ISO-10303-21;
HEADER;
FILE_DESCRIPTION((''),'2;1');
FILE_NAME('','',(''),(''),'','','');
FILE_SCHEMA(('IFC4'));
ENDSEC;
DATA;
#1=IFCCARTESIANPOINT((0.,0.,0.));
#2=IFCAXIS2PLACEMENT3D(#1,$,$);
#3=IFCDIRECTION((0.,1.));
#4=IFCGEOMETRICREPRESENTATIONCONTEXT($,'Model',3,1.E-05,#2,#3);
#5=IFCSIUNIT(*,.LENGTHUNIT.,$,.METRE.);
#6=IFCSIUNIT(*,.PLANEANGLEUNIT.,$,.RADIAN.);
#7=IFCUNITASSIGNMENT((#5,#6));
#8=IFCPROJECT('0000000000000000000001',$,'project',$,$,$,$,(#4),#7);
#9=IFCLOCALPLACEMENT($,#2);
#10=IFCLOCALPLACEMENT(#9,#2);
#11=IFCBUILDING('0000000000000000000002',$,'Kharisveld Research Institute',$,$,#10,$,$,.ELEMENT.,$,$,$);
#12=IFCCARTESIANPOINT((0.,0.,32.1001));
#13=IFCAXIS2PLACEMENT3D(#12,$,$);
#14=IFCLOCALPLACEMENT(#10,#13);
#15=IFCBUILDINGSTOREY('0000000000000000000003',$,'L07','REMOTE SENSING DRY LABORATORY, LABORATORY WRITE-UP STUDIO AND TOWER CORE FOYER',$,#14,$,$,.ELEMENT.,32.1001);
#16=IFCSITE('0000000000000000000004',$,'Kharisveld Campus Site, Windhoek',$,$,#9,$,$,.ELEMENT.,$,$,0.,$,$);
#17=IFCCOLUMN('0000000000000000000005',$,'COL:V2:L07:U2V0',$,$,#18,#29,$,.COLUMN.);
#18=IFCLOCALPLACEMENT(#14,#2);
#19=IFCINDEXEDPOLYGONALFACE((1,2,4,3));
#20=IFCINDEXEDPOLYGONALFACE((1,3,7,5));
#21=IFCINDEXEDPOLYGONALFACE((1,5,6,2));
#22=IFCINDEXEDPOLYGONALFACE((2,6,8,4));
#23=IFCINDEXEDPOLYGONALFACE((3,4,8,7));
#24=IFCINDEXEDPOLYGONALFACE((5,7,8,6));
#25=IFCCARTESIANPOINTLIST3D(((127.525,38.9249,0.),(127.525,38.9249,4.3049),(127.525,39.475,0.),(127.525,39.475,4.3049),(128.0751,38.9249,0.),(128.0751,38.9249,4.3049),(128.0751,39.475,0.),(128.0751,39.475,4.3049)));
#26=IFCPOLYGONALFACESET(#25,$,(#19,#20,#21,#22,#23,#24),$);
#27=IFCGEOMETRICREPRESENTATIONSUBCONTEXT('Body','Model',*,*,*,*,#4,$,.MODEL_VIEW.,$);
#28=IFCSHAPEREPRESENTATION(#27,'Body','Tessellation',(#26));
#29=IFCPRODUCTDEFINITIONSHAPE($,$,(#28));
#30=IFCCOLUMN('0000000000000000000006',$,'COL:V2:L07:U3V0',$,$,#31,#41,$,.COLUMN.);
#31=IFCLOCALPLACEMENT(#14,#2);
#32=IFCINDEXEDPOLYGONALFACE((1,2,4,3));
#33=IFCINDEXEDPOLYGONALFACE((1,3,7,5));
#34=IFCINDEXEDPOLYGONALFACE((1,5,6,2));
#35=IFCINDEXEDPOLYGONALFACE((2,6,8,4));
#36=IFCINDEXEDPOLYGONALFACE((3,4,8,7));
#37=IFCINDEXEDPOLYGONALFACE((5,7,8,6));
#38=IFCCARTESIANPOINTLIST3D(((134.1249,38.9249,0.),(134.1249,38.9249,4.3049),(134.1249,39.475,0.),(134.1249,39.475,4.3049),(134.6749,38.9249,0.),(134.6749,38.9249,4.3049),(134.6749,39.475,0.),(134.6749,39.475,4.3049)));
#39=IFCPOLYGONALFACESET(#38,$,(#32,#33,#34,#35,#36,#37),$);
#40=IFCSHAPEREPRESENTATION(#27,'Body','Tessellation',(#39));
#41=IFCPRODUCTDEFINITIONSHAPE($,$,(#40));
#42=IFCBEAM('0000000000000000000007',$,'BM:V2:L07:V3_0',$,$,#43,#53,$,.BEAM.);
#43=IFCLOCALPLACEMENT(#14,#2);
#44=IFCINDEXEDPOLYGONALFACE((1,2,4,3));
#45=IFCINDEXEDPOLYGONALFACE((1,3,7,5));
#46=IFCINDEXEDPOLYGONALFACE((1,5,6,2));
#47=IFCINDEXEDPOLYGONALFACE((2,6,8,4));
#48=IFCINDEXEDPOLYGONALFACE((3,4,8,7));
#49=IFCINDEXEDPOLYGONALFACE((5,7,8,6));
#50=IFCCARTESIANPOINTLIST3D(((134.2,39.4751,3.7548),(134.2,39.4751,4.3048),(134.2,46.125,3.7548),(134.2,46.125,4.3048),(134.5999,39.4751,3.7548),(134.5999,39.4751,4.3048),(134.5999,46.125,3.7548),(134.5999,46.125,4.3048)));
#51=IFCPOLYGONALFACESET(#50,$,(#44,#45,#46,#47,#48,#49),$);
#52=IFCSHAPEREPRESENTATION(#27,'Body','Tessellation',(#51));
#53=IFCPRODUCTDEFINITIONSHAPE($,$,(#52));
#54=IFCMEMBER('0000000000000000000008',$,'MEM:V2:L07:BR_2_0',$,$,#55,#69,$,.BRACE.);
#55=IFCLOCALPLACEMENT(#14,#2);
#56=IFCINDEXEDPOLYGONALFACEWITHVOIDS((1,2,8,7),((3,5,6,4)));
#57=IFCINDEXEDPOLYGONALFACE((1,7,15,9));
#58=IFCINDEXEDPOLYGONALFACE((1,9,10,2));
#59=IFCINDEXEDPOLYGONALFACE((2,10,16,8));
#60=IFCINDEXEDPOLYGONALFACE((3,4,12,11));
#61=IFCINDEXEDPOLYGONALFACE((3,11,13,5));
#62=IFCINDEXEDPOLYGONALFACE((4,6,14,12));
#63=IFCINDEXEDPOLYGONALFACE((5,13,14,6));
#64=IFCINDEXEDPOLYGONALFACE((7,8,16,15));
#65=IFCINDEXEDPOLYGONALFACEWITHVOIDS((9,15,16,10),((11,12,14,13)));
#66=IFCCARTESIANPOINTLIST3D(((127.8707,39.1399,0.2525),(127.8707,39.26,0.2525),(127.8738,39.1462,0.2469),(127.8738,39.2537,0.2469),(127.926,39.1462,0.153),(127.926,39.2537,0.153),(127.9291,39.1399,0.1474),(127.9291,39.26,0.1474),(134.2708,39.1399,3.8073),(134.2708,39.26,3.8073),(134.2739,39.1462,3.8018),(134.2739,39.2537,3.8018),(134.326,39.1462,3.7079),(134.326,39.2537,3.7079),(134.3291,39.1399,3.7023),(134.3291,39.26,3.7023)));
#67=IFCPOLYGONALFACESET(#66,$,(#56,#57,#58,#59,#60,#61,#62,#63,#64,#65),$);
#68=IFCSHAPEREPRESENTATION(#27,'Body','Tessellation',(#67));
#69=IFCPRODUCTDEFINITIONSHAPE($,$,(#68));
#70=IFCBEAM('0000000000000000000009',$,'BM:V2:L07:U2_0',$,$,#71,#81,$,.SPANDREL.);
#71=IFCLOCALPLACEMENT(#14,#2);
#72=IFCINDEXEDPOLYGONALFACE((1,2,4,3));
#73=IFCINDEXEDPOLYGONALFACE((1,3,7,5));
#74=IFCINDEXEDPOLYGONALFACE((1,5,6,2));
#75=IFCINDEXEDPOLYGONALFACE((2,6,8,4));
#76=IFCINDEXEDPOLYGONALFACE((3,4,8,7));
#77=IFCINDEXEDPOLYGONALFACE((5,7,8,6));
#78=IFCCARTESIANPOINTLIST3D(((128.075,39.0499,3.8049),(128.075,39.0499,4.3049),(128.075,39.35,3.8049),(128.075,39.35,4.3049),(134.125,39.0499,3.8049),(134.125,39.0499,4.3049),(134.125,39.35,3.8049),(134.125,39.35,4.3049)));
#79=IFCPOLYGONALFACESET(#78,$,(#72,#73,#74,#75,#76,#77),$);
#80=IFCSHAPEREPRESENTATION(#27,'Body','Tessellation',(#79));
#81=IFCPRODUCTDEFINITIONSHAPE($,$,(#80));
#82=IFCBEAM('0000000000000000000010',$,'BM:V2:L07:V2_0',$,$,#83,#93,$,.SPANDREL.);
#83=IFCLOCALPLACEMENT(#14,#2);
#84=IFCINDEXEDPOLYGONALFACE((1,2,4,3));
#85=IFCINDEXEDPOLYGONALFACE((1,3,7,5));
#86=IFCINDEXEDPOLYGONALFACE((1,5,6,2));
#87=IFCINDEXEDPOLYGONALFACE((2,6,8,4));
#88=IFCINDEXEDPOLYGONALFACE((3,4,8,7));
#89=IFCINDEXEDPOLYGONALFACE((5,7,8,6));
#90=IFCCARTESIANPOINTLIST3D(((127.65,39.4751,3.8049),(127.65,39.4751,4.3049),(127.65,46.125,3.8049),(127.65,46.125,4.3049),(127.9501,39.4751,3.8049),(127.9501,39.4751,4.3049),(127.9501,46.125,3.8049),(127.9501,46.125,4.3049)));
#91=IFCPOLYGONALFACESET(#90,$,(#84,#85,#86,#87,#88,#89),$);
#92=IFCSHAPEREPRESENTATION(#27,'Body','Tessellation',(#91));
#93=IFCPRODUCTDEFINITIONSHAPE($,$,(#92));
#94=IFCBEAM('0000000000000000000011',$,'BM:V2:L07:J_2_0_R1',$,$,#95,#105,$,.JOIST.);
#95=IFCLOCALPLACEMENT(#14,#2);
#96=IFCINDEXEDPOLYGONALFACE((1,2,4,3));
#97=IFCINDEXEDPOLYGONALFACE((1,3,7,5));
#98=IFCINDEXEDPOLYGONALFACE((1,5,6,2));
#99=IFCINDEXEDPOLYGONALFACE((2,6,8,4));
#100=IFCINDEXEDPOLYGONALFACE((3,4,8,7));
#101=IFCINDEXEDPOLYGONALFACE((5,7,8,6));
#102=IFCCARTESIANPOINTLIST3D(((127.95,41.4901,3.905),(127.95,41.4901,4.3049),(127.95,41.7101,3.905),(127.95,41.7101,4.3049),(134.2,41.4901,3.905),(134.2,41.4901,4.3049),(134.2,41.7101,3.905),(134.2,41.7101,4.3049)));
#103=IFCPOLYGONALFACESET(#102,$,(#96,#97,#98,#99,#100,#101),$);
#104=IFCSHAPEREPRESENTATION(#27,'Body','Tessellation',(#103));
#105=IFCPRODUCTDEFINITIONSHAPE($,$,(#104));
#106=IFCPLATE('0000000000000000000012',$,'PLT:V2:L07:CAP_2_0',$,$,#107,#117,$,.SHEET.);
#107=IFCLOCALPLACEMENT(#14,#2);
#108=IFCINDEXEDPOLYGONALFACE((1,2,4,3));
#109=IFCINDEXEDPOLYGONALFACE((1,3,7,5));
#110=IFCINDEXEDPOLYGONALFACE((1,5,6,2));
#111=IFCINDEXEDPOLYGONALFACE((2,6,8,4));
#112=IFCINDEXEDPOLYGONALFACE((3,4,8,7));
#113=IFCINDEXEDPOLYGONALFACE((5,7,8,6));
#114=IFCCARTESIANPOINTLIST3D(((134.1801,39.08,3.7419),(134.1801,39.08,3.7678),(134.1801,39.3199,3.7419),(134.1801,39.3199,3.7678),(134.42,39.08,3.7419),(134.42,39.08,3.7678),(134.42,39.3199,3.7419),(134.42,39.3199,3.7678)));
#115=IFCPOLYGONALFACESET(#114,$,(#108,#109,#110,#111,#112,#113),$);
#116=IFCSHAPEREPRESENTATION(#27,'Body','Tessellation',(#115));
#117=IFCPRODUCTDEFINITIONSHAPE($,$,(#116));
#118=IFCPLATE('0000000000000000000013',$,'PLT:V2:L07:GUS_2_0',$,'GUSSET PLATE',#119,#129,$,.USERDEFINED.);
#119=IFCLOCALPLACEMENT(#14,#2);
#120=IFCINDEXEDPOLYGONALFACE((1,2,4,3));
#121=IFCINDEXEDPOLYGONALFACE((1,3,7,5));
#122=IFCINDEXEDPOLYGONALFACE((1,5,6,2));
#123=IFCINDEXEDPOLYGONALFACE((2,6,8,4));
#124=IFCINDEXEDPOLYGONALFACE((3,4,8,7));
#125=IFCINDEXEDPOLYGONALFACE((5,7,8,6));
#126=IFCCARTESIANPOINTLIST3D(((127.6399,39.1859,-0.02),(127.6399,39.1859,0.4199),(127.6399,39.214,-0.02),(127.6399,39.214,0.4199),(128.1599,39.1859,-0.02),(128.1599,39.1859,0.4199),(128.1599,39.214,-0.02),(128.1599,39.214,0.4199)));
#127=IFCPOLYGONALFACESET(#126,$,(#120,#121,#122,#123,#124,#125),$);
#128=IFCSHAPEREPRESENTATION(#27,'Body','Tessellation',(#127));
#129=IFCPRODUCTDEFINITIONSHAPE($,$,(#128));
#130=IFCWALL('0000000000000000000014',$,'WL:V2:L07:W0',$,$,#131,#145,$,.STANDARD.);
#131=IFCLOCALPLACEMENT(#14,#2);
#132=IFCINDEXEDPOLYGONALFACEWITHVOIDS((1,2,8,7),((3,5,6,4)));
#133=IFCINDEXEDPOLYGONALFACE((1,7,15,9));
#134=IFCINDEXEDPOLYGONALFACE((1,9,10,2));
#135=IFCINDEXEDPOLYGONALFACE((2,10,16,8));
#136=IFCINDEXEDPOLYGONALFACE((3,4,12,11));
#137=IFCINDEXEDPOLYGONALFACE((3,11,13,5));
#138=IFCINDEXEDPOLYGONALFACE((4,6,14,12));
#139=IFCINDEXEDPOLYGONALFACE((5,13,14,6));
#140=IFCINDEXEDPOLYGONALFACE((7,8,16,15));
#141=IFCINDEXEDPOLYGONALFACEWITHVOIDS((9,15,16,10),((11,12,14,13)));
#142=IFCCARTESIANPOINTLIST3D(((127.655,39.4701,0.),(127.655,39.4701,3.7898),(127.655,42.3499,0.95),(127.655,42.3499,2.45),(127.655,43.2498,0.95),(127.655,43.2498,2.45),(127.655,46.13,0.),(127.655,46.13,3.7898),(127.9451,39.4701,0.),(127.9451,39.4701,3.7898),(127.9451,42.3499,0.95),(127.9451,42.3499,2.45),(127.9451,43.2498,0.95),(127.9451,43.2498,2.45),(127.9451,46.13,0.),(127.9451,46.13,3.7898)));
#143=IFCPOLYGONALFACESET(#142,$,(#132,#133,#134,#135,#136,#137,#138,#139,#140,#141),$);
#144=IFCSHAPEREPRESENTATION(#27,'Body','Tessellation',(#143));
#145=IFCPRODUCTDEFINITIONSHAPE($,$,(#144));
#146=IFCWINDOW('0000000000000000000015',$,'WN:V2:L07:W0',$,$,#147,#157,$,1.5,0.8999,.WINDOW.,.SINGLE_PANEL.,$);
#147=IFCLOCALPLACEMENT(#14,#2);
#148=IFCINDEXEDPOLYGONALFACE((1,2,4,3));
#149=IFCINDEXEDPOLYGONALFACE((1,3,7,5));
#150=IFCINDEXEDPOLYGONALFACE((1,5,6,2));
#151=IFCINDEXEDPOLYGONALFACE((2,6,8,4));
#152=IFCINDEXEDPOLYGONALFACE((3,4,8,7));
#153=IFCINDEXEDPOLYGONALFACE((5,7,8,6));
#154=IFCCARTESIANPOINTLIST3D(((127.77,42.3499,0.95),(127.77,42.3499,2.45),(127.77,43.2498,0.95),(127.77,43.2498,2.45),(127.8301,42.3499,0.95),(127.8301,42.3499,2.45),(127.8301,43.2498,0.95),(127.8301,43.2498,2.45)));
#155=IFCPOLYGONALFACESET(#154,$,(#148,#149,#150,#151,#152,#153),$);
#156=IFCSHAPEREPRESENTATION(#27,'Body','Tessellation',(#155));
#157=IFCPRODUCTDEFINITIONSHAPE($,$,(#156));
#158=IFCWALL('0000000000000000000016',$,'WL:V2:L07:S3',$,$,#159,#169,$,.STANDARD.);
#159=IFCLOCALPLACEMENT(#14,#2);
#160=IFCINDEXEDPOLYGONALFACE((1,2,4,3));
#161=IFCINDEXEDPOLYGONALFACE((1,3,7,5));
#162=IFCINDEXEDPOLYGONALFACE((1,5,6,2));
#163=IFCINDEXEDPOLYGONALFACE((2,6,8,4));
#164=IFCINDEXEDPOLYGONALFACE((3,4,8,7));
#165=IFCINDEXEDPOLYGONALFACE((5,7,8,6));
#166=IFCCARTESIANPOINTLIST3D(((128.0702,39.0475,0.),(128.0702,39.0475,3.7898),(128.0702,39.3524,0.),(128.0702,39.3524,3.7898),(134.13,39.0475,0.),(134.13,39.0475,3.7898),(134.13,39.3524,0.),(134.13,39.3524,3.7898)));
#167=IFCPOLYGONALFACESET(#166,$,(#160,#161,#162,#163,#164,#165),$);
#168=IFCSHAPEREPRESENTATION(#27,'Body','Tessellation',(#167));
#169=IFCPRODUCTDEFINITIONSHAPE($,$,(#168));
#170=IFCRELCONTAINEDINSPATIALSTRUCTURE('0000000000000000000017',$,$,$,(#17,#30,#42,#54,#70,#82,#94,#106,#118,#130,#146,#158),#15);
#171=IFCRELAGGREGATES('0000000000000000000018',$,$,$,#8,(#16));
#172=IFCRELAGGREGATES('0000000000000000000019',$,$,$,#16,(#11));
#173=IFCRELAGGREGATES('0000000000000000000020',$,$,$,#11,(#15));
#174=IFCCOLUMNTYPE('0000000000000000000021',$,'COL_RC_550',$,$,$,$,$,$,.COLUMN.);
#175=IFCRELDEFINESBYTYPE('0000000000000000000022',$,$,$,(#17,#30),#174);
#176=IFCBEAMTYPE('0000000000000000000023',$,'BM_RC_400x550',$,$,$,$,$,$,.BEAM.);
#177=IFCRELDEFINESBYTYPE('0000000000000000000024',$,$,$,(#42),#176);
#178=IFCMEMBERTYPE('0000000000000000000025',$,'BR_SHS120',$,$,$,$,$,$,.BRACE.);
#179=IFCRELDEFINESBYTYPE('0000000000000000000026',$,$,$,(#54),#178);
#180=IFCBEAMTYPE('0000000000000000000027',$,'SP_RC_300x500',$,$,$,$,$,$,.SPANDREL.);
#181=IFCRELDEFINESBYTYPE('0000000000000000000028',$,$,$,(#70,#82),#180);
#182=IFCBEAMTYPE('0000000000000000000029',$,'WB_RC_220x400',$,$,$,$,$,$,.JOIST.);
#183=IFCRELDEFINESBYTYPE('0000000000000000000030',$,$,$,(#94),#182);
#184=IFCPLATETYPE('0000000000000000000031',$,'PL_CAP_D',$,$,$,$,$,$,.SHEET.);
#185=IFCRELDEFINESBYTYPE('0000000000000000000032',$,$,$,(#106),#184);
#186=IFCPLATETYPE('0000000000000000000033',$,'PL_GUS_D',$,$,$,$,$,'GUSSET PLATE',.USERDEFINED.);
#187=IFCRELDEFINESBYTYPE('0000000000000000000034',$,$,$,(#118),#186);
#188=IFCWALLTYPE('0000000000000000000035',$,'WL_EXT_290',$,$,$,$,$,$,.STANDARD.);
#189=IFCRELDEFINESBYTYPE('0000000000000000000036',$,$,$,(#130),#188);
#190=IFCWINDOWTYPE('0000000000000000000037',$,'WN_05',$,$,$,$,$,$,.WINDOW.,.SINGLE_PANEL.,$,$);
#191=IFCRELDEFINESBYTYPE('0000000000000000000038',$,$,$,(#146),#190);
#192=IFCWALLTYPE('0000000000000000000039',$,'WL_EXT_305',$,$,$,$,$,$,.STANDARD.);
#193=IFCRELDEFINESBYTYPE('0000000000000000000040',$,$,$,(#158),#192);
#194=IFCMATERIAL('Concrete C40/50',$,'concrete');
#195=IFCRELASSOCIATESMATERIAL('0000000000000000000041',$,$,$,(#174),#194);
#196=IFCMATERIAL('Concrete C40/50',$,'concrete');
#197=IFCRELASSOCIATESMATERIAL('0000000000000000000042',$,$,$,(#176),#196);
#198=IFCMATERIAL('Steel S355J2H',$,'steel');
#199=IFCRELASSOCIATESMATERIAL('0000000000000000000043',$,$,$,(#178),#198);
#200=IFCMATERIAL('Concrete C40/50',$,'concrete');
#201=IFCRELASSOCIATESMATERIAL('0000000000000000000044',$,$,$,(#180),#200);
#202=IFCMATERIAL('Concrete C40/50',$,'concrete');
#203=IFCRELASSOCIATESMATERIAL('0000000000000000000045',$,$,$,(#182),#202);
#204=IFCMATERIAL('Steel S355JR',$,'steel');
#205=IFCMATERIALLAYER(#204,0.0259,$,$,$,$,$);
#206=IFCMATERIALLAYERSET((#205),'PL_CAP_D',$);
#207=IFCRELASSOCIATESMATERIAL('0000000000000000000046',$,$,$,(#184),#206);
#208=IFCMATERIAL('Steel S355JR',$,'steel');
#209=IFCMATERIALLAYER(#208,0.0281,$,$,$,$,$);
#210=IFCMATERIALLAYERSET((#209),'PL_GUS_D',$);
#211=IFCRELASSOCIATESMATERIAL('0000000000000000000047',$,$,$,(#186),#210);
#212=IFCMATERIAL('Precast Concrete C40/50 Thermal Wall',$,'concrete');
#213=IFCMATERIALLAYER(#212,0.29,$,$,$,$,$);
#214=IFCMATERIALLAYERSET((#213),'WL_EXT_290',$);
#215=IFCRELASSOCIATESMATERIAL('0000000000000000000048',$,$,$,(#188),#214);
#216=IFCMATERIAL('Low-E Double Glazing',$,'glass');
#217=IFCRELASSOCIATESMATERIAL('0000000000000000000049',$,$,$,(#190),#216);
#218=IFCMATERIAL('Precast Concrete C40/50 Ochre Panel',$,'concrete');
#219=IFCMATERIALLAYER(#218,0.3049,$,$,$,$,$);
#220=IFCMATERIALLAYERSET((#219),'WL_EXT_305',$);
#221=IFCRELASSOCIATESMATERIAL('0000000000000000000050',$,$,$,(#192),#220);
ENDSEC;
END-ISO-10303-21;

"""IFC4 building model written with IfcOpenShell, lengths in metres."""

from ifc_helpers import new_model, si_unit, direction, frame, frame_2d, origin, origin_2d, place, context, subcontext, project, spatial, rectangle, hollow_rectangle, extrude, material, layer, layer_set, material_profile, profile_set, type_object, element, fill, save


model = new_model("IFC4")

# Units and contexts
model_context = context("Model", 3, precision=1e-05, world=origin(), true_north=direction((0.0, 1.0)))
body_context = subcontext(model_context, "Body", "Model", "MODEL_VIEW")
ifc_project = project(units=[si_unit("LENGTHUNIT", "METRE"), si_unit("PLANEANGLEUNIT", "RADIAN")], contexts=[model_context])

# Site, building, storey
site_placement = place(None, origin())
site = spatial("IfcSite", under=ifc_project, at=site_placement, Name="Kharisveld Campus Site, Windhoek", CompositionType="ELEMENT", RefElevation=0.0)
building_placement = place(site_placement, origin())
building = spatial("IfcBuilding", under=site, at=building_placement, Name="Kharisveld Research Institute", CompositionType="ELEMENT")
storey_placement = place(building_placement, frame((0.0, 0.0, 32.1001)))
storey = spatial("IfcBuildingStorey", under=building, at=storey_placement, Name="L07", Description="REMOTE SENSING DRY LABORATORY, LABORATORY WRITE-UP STUDIO AND TOWER CORE FOYER", CompositionType="ELEMENT", Elevation=32.1001)

# Columns
ifc_material_1 = material(Name="Concrete C40/50", Category="concrete")
ifc_material_profile_1 = material_profile(ifc_material_1, rectangle(XDim=0.55, YDim=0.55, at=origin_2d()))
ifc_profile_set_1 = profile_set([ifc_material_profile_1], Name="Concrete C40/50")
column_type = type_object("IfcColumnType", Name="COL_RC_550", PredefinedType="COLUMN", material=ifc_profile_set_1)
for number, where, z_axis, x_axis, name in (
    (1, (127.8, 39.2, 0.0), (0.0, 0.0, 1.0), (1.0, 0.0, 0.0), "COL:V2:L07:U2V0"),
    (2, (134.3999, 39.2, 0.0), (0.0, 0.0, 1.0), (1.0, 0.0, 0.0), "COL:V2:L07:U3V0"),
):
    element("IfcColumn", number, at=place(storey_placement, frame(where, z_axis=z_axis, x_axis=x_axis)), inside=storey, type_object=column_type, Name=name, PredefinedType="COLUMN", context=body_context, shape_type="SweptSolid", body=[
        extrude(rectangle(XDim=0.55, YDim=0.55, at=origin_2d()), origin(), (0.0, 0.0, 1.0), 4.3049),
    ])

# Beam
ifc_material_2 = material(Name="Concrete C40/50", Category="concrete")
ifc_material_profile_2 = material_profile(ifc_material_2, rectangle(XDim=0.3999, YDim=0.55, at=origin_2d()))
ifc_profile_set_2 = profile_set([ifc_material_profile_2], Name="Concrete C40/50")
beam_type_1 = type_object("IfcBeamType", Name="BM_RC_400x550", PredefinedType="BEAM", material=ifc_profile_set_2)
beam_1_placement = place(storey_placement, frame((134.3999, 39.4751, 4.0298), z_axis=(0.0, 1.0, 0.0), x_axis=(-1.0, 0.0, 0.0)))
element("IfcBeam", 3, at=beam_1_placement, inside=storey, type_object=beam_type_1, Name="BM:V2:L07:V3_0", PredefinedType="BEAM", context=body_context, shape_type="SweptSolid", body=[
    extrude(rectangle(XDim=0.3999, YDim=0.55, at=origin_2d()), origin(), (0.0, 0.0, 1.0), 6.6499),
])

# Member
ifc_material_3 = material(Name="Steel S355J2H", Category="steel")
ifc_material_profile_3 = material_profile(ifc_material_3, hollow_rectangle(XDim=0.1201, YDim=0.1201, WallThickness=0.0063, at=origin_2d()))
ifc_profile_set_3 = profile_set([ifc_material_profile_3], Name="Steel S355J2H")
member_type = type_object("IfcMemberType", Name="BR_SHS120", PredefinedType="BRACE", material=ifc_profile_set_3)
member_placement = place(storey_placement, frame((127.8999, 39.2, 0.2), z_axis=(0.874198, 0.0, 0.485569), x_axis=(0.0, 1.0, 0.0)))
element("IfcMember", 4, at=member_placement, inside=storey, type_object=member_type, Name="MEM:V2:L07:BR_2_0", PredefinedType="BRACE", context=body_context, shape_type="SweptSolid", body=[
    extrude(hollow_rectangle(XDim=0.1201, YDim=0.1201, WallThickness=0.0063, at=origin_2d()), origin(), (0.0, 0.0, 1.0), 7.321),
])

# Beams
ifc_material_4 = material(Name="Concrete C40/50", Category="concrete")
ifc_material_profile_4 = material_profile(ifc_material_4, rectangle(XDim=0.3, YDim=0.5, at=origin_2d()))
ifc_profile_set_4 = profile_set([ifc_material_profile_4], Name="Concrete C40/50")
beam_type_2 = type_object("IfcBeamType", Name="SP_RC_300x500", PredefinedType="SPANDREL", material=ifc_profile_set_4)
beam_2_placement = place(storey_placement, frame((128.075, 39.2, 4.0549), z_axis=(1.0, 0.0, 0.0), x_axis=(0.0, 1.0, 0.0)))
element("IfcBeam", 5, at=beam_2_placement, inside=storey, type_object=beam_type_2, Name="BM:V2:L07:U2_0", PredefinedType="SPANDREL", context=body_context, shape_type="SweptSolid", body=[
    extrude(rectangle(XDim=0.3, YDim=0.5, at=origin_2d()), origin(), (0.0, 0.0, 1.0), 6.05),
])
beam_3_placement = place(storey_placement, frame((127.8, 39.4751, 4.0549), z_axis=(0.0, 1.0, 0.0), x_axis=(-1.0, 0.0, 0.0)))
element("IfcBeam", 6, at=beam_3_placement, inside=storey, type_object=beam_type_2, Name="BM:V2:L07:V2_0", PredefinedType="SPANDREL", context=body_context, shape_type="SweptSolid", body=[
    extrude(rectangle(XDim=0.3, YDim=0.5, at=origin_2d()), origin(), (0.0, 0.0, 1.0), 6.6499),
])
ifc_material_5 = material(Name="Concrete C40/50", Category="concrete")
ifc_material_profile_5 = material_profile(ifc_material_5, rectangle(XDim=0.22, YDim=0.3999, at=origin_2d()))
ifc_profile_set_5 = profile_set([ifc_material_profile_5], Name="Concrete C40/50")
beam_type_3 = type_object("IfcBeamType", Name="WB_RC_220x400", PredefinedType="JOIST", material=ifc_profile_set_5)
beam_4_placement = place(storey_placement, frame((127.95, 41.6001, 4.105), z_axis=(1.0, 0.0, 0.0), x_axis=(0.0, 1.0, 0.0)))
element("IfcBeam", 7, at=beam_4_placement, inside=storey, type_object=beam_type_3, Name="BM:V2:L07:J_2_0_R1", PredefinedType="JOIST", context=body_context, shape_type="SweptSolid", body=[
    extrude(rectangle(XDim=0.22, YDim=0.3999, at=origin_2d()), origin(), (0.0, 0.0, 1.0), 6.25),
])

# Plates
ifc_material_6 = material(Name="Steel S355JR", Category="steel")
ifc_layer_1 = layer(ifc_material_6, 0.0259)
ifc_layer_set_1 = layer_set([ifc_layer_1], Name="PL_CAP_D")
plate_type_1 = type_object("IfcPlateType", Name="PL_CAP_D", PredefinedType="SHEET", material=ifc_layer_set_1)
plate_1_placement = place(storey_placement, frame((134.3, 39.2, 3.7419), z_axis=(0.0, 0.0, 1.0), x_axis=(1.0, 0.0, 0.0)))
element("IfcPlate", 8, at=plate_1_placement, inside=storey, type_object=plate_type_1, Name="PLT:V2:L07:CAP_2_0", PredefinedType="SHEET", context=body_context, shape_type="SweptSolid", body=[
    extrude(rectangle(XDim=0.24, YDim=0.24, at=origin_2d()), origin(), (0.0, 0.0, 1.0), 0.0259),
])
ifc_material_7 = material(Name="Steel S355JR", Category="steel")
ifc_layer_2 = layer(ifc_material_7, 0.0281)
ifc_layer_set_2 = layer_set([ifc_layer_2], Name="PL_GUS_D")
plate_type_2 = type_object("IfcPlateType", Name="PL_GUS_D", ElementType="GUSSET PLATE", PredefinedType="USERDEFINED", material=ifc_layer_set_2)
plate_2_placement = place(storey_placement, frame((127.8999, 39.2, -0.02), z_axis=(0.0, 0.0, 1.0), x_axis=(1.0, 0.0, 0.0)))
element("IfcPlate", 9, at=plate_2_placement, inside=storey, type_object=plate_type_2, Name="PLT:V2:L07:GUS_2_0", ObjectType="GUSSET PLATE", PredefinedType="USERDEFINED", context=body_context, shape_type="SweptSolid", body=[
    extrude(rectangle(XDim=0.52, YDim=0.0281, at=origin_2d()), origin(), (0.0, 0.0, 1.0), 0.4399),
])

# Wall, opening, window
ifc_material_8 = material(Name="Precast Concrete C40/50 Thermal Wall", Category="concrete")
ifc_layer_3 = layer(ifc_material_8, 0.29)
ifc_layer_set_3 = layer_set([ifc_layer_3], Name="WL_EXT_290")
wall_type_1 = type_object("IfcWallType", Name="WL_EXT_290", PredefinedType="STANDARD", material=ifc_layer_set_3)
wall_1_placement = place(storey_placement, frame((127.8, 39.47, 0.0), z_axis=(0.0, 0.0, 1.0), x_axis=(0.0, 1.0, 0.0)))
wall_1 = element("IfcWall", 10, at=wall_1_placement, inside=storey, type_object=wall_type_1, Name="WL:V2:L07:W0", PredefinedType="STANDARD", context=body_context, shape_type="SweptSolid", body=[
    extrude(rectangle(XDim=6.6599, YDim=0.29, at=frame_2d((3.3301, 0.0))), origin(), (0.0, 0.0, 1.0), 3.7898),
])
opening_placement = place(wall_1_placement, frame((2.8799, 0.0, 0.95)))
opening = element("IfcOpeningElement", 11, at=opening_placement, cuts=wall_1, PredefinedType="OPENING", context=body_context, shape_type="SweptSolid", body=[
    extrude(rectangle(XDim=0.8999, YDim=1.5, at=frame_2d((0.45, 0.75))), frame((0.0, 0.145, 0.0), z_axis=(0.0, -1.0, 0.0), x_axis=(1.0, 0.0, 0.0)), (0.0, 0.0, 1.0), 0.29),
])
ifc_material_9 = material(Name="Low-E Double Glazing", Category="glass")
window_type = type_object("IfcWindowType", Name="WN_05", PartitioningType="SINGLE_PANEL", PredefinedType="WINDOW", material=ifc_material_9)
window_placement = place(opening_placement, origin())
window = element("IfcWindow", 12, at=window_placement, inside=storey, type_object=window_type, Name="WN:V2:L07:W0", OverallHeight=1.5, OverallWidth=0.8999, PartitioningType="SINGLE_PANEL", PredefinedType="WINDOW", context=body_context, shape_type="SweptSolid", body=[
    extrude(rectangle(XDim=0.8999, YDim=1.5, at=frame_2d((0.45, 0.75))), frame((0.0, 0.03, 0.0), z_axis=(0.0, -1.0, 0.0), x_axis=(1.0, 0.0, 0.0)), (0.0, 0.0, 1.0), 0.0601),
])
fill(opening, window)

# Wall
ifc_material_10 = material(Name="Precast Concrete C40/50 Ochre Panel", Category="concrete")
ifc_layer_4 = layer(ifc_material_10, 0.3049)
ifc_layer_set_4 = layer_set([ifc_layer_4], Name="WL_EXT_305")
wall_type_2 = type_object("IfcWallType", Name="WL_EXT_305", PredefinedType="STANDARD", material=ifc_layer_set_4)
wall_2_placement = place(storey_placement, frame((134.1299, 39.2, 0.0), z_axis=(0.0, 0.0, 1.0), x_axis=(-1.0, 0.0, 0.0)))
element("IfcWall", 13, at=wall_2_placement, inside=storey, type_object=wall_type_2, Name="WL:V2:L07:S3", PredefinedType="STANDARD", context=body_context, shape_type="SweptSolid", body=[
    extrude(rectangle(XDim=6.0598, YDim=0.3049, at=frame_2d((3.0298, 0.0))), origin(), (0.0, 0.0, 1.0), 3.7898),
])

save(model, "model.ifc")
